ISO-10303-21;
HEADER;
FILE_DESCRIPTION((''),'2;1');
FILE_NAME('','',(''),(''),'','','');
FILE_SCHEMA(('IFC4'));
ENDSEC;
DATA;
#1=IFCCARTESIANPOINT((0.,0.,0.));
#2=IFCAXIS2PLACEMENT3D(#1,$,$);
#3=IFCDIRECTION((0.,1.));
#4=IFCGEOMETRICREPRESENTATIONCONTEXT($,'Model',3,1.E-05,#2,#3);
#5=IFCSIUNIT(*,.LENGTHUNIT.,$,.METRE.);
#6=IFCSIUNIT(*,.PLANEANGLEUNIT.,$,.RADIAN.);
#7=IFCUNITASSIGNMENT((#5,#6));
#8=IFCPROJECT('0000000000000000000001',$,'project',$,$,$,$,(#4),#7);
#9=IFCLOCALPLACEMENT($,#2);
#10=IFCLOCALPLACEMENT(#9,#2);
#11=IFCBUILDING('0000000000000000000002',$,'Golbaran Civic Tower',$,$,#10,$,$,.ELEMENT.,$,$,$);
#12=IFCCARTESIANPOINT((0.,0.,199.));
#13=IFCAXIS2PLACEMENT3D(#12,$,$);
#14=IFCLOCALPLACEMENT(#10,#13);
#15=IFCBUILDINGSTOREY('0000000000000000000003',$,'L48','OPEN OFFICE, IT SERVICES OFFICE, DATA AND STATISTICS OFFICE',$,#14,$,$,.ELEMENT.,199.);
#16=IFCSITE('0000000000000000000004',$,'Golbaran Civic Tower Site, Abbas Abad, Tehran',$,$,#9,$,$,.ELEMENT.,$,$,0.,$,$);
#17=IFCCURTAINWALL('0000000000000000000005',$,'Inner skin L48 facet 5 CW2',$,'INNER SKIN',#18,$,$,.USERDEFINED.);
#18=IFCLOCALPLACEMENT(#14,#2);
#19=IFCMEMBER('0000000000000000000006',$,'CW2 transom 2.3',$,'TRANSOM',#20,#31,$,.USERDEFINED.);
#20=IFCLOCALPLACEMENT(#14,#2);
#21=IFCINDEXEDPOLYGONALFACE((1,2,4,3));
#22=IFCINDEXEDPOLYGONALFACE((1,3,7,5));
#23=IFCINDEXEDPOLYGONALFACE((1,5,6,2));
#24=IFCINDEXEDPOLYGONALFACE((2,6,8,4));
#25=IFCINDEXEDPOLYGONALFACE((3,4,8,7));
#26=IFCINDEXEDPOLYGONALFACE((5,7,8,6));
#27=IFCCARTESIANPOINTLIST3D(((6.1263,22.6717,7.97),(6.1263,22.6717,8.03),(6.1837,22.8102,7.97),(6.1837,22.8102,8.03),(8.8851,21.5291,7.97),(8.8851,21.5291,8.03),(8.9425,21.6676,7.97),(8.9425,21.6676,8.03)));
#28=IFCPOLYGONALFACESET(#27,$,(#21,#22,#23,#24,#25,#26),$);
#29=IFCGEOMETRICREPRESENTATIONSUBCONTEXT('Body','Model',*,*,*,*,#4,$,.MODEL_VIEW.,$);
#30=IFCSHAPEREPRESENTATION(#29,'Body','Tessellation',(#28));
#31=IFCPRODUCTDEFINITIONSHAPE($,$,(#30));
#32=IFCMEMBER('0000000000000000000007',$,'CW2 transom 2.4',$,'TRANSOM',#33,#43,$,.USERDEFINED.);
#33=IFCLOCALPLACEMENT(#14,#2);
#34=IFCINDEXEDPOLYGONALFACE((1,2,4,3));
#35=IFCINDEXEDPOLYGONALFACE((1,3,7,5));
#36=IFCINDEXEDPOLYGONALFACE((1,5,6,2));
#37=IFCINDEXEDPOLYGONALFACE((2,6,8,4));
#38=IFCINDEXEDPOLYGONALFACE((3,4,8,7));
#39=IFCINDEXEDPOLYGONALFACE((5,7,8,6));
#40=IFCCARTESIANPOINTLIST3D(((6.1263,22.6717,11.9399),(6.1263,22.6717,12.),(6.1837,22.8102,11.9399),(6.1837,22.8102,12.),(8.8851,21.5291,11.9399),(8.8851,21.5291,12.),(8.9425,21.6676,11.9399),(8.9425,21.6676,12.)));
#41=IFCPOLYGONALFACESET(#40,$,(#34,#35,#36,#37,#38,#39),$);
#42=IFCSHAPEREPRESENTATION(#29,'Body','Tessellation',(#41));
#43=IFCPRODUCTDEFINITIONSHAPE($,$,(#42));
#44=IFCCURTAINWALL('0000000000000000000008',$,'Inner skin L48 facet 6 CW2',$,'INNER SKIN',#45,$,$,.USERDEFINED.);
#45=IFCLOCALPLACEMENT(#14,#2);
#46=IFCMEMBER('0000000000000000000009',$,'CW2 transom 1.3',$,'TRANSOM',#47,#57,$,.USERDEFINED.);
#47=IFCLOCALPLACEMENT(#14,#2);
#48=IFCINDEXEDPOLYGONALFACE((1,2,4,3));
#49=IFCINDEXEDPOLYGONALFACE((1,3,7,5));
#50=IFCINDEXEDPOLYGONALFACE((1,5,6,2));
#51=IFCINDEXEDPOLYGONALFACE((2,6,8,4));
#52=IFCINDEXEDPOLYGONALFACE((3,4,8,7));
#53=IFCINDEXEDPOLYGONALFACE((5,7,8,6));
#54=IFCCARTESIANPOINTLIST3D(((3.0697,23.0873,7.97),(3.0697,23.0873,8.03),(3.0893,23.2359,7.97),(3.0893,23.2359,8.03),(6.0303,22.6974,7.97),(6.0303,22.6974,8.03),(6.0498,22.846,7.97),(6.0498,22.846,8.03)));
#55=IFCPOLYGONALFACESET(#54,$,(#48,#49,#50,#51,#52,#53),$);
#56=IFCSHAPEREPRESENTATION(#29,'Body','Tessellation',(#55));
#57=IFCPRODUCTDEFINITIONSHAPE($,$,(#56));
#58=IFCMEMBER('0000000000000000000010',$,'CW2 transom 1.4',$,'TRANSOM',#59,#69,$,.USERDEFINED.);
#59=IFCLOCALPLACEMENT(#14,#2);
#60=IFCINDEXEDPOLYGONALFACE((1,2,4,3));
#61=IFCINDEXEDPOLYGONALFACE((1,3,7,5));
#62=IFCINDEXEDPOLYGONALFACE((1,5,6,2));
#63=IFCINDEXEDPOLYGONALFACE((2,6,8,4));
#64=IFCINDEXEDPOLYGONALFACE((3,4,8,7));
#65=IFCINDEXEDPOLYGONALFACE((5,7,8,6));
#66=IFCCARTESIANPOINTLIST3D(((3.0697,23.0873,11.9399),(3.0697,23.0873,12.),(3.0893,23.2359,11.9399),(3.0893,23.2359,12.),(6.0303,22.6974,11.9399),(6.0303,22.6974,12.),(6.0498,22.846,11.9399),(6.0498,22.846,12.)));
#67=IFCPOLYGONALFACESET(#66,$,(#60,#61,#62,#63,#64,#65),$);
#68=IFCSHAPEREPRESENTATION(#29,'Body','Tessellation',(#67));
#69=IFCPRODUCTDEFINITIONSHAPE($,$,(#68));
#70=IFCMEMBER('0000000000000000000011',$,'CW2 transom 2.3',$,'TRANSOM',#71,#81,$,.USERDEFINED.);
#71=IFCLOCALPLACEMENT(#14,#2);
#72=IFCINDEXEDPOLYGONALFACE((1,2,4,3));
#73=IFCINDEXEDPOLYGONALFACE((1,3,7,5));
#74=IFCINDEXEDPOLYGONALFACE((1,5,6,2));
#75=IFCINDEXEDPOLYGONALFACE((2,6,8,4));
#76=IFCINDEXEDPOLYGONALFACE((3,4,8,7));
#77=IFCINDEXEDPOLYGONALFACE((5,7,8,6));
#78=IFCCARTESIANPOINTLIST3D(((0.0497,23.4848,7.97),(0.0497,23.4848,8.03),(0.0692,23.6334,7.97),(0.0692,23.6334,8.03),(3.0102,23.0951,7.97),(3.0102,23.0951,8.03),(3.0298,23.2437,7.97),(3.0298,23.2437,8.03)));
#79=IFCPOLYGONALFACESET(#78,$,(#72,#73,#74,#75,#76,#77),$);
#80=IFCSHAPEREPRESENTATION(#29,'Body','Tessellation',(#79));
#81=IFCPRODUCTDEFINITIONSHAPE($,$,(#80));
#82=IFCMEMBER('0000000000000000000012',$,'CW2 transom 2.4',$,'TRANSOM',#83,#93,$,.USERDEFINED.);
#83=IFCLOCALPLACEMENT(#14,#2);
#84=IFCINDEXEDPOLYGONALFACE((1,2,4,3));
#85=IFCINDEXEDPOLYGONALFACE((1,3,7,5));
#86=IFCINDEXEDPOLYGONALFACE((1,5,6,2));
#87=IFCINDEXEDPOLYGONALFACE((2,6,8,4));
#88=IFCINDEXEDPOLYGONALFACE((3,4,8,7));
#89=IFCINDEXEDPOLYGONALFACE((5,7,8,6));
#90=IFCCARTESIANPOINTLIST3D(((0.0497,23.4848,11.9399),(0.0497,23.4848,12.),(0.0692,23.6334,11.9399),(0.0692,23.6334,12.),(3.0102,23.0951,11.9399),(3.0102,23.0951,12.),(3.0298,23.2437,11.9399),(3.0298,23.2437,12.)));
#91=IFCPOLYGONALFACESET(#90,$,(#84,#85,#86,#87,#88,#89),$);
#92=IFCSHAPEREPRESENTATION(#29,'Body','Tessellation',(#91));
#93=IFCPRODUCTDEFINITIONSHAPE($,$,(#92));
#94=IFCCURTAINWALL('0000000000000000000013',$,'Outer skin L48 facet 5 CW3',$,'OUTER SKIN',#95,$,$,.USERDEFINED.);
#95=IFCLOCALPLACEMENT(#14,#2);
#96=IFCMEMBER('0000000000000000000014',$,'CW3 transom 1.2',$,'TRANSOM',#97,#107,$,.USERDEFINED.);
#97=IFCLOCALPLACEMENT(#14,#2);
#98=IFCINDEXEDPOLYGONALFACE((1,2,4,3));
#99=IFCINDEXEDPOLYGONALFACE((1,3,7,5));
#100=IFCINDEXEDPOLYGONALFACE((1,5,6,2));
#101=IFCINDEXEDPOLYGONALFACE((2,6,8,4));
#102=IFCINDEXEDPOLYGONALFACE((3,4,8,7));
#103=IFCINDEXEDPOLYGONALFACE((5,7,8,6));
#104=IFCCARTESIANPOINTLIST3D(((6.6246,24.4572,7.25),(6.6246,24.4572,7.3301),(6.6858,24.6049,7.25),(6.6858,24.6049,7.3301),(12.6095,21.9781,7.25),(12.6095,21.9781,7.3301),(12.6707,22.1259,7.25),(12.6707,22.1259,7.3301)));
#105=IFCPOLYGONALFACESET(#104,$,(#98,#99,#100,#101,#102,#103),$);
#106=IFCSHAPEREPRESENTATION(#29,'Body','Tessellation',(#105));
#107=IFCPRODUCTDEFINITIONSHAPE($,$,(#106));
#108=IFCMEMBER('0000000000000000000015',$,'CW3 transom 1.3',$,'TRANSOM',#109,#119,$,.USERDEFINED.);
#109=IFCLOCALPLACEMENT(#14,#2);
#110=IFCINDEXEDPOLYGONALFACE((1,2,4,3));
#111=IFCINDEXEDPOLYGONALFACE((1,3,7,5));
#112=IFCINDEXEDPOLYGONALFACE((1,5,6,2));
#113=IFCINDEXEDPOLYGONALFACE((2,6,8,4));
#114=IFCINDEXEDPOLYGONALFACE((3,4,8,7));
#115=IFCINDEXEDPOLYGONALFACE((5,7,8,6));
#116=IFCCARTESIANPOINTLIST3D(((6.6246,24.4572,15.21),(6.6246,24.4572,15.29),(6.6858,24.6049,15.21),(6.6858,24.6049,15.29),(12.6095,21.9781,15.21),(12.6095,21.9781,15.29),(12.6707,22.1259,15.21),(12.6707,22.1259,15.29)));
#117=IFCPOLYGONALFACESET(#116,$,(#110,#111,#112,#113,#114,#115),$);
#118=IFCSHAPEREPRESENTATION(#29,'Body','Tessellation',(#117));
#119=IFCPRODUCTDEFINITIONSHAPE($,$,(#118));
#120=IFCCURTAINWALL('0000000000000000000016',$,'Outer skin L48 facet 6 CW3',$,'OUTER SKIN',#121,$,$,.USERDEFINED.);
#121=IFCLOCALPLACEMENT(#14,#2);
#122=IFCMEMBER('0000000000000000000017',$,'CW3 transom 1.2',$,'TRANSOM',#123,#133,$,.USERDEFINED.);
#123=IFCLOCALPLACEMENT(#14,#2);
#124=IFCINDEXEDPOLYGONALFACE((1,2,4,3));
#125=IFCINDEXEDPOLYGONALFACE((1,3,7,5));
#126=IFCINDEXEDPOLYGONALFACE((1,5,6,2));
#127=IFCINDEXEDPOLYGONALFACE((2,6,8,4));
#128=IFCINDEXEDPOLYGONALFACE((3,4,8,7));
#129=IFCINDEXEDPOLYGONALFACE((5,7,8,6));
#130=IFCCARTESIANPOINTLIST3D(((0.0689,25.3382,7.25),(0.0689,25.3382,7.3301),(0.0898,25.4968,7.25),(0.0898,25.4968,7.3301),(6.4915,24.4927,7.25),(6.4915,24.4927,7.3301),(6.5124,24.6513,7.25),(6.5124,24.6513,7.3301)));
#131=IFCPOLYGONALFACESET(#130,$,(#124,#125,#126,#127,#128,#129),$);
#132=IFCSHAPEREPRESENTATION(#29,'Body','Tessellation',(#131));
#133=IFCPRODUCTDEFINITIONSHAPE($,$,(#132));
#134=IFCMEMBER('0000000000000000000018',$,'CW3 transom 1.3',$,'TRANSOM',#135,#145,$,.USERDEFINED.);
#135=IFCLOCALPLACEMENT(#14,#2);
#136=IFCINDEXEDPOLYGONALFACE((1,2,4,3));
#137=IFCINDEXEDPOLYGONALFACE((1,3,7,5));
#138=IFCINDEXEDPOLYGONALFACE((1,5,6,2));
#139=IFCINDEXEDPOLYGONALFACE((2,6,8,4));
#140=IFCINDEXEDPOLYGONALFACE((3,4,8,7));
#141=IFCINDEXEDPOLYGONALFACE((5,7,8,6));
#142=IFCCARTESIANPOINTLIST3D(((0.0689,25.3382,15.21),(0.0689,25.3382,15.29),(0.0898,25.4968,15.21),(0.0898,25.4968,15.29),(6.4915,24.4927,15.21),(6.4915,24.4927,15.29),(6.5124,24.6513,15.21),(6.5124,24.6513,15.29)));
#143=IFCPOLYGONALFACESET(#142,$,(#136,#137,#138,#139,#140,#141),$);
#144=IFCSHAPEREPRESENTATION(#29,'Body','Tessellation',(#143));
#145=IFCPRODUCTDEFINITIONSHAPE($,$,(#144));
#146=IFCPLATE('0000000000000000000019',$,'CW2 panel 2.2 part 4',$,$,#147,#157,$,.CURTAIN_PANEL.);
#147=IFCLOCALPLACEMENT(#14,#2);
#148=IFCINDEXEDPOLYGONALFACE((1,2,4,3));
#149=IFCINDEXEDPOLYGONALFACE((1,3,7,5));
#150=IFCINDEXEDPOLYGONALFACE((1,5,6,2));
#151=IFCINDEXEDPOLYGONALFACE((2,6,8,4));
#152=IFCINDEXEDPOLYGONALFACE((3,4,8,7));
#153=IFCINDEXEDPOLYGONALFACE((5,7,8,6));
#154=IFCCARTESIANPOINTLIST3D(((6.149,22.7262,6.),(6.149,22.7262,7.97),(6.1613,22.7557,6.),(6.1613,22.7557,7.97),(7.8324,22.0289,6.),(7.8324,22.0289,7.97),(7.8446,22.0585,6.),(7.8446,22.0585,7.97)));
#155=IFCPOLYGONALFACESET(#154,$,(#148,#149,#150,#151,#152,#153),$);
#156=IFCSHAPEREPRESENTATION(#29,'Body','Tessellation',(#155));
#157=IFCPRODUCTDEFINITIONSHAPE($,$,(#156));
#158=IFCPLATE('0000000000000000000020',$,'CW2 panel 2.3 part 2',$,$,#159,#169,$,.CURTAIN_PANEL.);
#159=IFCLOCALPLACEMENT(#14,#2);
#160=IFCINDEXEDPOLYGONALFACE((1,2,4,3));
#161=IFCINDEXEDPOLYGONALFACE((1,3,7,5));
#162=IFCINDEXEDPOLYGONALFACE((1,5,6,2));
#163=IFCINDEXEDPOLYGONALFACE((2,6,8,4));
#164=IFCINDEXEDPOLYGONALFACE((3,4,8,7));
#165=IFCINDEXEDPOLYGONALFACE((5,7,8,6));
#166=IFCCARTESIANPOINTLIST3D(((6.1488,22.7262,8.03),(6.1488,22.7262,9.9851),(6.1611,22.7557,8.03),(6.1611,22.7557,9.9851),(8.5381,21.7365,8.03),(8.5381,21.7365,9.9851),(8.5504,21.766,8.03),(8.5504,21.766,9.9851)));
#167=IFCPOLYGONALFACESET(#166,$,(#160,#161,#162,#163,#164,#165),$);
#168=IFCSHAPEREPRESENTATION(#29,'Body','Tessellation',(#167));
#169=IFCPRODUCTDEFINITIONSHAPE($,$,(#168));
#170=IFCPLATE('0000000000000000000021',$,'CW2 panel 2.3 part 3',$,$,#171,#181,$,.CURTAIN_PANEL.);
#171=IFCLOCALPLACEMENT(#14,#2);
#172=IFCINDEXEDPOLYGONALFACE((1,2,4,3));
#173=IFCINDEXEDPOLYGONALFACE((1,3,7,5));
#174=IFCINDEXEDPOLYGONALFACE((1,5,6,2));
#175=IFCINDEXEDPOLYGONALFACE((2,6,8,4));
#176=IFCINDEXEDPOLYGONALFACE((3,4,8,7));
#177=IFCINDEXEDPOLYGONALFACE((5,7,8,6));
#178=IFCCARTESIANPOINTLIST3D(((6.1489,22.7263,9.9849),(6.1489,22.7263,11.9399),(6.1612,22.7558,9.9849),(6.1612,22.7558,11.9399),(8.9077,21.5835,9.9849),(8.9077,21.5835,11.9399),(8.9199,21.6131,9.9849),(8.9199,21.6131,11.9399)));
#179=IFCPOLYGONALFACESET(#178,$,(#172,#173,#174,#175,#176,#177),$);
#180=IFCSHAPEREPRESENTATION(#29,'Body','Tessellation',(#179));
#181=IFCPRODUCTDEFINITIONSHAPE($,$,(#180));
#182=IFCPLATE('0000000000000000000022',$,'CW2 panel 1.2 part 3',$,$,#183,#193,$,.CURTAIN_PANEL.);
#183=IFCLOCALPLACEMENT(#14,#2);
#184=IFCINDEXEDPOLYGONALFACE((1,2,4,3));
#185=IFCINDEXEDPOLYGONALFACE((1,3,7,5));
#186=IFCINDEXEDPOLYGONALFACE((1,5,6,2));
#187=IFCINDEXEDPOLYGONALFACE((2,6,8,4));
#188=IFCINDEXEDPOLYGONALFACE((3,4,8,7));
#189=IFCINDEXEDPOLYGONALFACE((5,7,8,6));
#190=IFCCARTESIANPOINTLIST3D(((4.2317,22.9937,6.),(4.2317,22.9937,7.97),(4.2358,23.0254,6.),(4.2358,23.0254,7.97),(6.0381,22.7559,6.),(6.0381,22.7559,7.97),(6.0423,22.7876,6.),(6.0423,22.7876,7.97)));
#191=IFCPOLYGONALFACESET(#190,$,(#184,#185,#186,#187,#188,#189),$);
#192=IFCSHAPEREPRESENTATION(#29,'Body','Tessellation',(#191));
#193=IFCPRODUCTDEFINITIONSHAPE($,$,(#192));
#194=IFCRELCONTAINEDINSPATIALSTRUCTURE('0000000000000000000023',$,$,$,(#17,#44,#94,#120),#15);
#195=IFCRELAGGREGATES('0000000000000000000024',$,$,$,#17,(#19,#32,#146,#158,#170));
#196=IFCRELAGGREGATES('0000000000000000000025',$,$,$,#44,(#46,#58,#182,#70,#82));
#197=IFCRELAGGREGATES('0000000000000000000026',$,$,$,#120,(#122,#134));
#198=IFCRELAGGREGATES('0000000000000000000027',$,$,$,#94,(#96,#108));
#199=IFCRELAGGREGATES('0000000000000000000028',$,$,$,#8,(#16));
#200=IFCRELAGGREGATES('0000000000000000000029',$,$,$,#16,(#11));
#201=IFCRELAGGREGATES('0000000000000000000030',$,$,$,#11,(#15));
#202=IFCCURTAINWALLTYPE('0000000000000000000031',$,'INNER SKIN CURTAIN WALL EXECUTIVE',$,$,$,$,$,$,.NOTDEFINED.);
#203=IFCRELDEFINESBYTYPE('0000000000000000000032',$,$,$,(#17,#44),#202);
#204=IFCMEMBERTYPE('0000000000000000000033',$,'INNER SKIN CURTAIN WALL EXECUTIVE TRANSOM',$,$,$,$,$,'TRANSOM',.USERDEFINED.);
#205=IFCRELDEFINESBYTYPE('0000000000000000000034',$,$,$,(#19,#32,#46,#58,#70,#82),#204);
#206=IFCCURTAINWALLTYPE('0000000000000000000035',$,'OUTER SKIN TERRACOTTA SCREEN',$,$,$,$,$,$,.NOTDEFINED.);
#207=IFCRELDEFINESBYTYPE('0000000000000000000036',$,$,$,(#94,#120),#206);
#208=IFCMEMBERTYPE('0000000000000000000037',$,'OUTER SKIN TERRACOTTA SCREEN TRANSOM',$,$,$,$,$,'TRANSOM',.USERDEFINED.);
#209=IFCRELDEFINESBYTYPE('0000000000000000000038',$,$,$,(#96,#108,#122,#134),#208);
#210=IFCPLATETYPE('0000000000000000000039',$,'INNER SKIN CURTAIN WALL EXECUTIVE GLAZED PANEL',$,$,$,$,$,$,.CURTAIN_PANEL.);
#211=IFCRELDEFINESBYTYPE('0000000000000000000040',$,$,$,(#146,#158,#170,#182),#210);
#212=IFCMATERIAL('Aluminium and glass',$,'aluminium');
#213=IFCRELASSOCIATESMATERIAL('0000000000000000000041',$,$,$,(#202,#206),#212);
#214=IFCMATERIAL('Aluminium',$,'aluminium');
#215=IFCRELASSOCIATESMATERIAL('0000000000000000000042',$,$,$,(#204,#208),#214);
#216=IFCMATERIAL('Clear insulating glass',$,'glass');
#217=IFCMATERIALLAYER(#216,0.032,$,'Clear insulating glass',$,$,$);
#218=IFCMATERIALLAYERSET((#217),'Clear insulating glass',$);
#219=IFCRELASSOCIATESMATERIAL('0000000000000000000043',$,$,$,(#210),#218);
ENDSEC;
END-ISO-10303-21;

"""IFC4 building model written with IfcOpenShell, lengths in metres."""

from ifc_helpers import new_model, si_unit, direction, frame, origin, origin_2d, place, context, subcontext, project, spatial, rectangle, extrude, material, layer, layer_set, material_profile, profile_set, type_object, element, aggregate, save


model = new_model("IFC4")

# Units and contexts
model_context = context("Model", 3, precision=1e-05, world=origin(), true_north=direction((0.0, 1.0)))
body_context = subcontext(model_context, "Body", "Model", "MODEL_VIEW")
ifc_project = project(units=[si_unit("LENGTHUNIT", "METRE"), si_unit("PLANEANGLEUNIT", "RADIAN")], contexts=[model_context])

# Site, building, storey
site_placement = place(None, origin())
site = spatial("IfcSite", under=ifc_project, at=site_placement, Name="Golbaran Civic Tower Site, Abbas Abad, Tehran", CompositionType="ELEMENT", RefElevation=0.0)
building_placement = place(site_placement, origin())
building = spatial("IfcBuilding", under=site, at=building_placement, Name="Golbaran Civic Tower", CompositionType="ELEMENT")
storey_placement = place(building_placement, frame((0.0, 0.0, 199.0)))
storey = spatial("IfcBuildingStorey", under=building, at=storey_placement, Name="L48", Description="OPEN OFFICE, IT SERVICES OFFICE, DATA AND STATISTICS OFFICE", CompositionType="ELEMENT", Elevation=199.0)

# Curtain walls, members
ifc_material_1 = material(Name="Aluminium and glass", Category="aluminium")
curtain_wall_type_1 = type_object("IfcCurtainWallType", Name="INNER SKIN CURTAIN WALL EXECUTIVE", PredefinedType="NOTDEFINED", material=ifc_material_1)
curtain_wall_1_placement = place(storey_placement, origin())
curtain_wall_1 = element("IfcCurtainWall", 1, at=curtain_wall_1_placement, inside=storey, type_object=curtain_wall_type_1, Name="Inner skin L48 facet 5 CW2", ObjectType="INNER SKIN", PredefinedType="USERDEFINED")
ifc_material_2 = material(Name="Aluminium", Category="aluminium")
ifc_material_profile_1 = material_profile(ifc_material_2, rectangle(XDim=0.1499, YDim=0.0601, at=origin_2d()), Name="INNER SKIN CURTAIN WALL EXECUTIVE TRANSOM")
ifc_profile_set_1 = profile_set([ifc_material_profile_1], Name="Aluminium")
member_type_1 = type_object("IfcMemberType", Name="INNER SKIN CURTAIN WALL EXECUTIVE TRANSOM", ElementType="TRANSOM", PredefinedType="USERDEFINED", material=ifc_profile_set_1)
member_1_placement = place(storey_placement, frame((8.9138, 21.5984, 8.0), z_axis=(-0.923897, 0.382641, 0.0), x_axis=(-0.382641, -0.923897, 0.0)))
member_1 = element("IfcMember", 2, at=member_1_placement, type_object=member_type_1, Name="CW2 transom 2.3", ObjectType="TRANSOM", PredefinedType="USERDEFINED", context=body_context, shape_type="SweptSolid", body=[
    extrude(rectangle(XDim=0.1499, YDim=0.0601, at=origin_2d()), origin(), (0.0, 0.0, 1.0), 2.9861),
])
member_2_placement = place(storey_placement, frame((8.9138, 21.5984, 11.97), z_axis=(-0.923897, 0.382641, 0.0), x_axis=(-0.382641, -0.923897, 0.0)))
member_2 = element("IfcMember", 3, at=member_2_placement, type_object=member_type_1, Name="CW2 transom 2.4", ObjectType="TRANSOM", PredefinedType="USERDEFINED", context=body_context, shape_type="SweptSolid", body=[
    extrude(rectangle(XDim=0.1499, YDim=0.0601, at=origin_2d()), origin(), (0.0, 0.0, 1.0), 2.9861),
])
curtain_wall_2_placement = place(storey_placement, origin())
curtain_wall_2 = element("IfcCurtainWall", 4, at=curtain_wall_2_placement, inside=storey, type_object=curtain_wall_type_1, Name="Inner skin L48 facet 6 CW2", ObjectType="INNER SKIN", PredefinedType="USERDEFINED")
member_3_placement = place(storey_placement, frame((6.04, 22.7717, 8.0), z_axis=(-0.991439, 0.130573, 0.0), x_axis=(-0.130573, -0.991439, 0.0)))
member_3 = element("IfcMember", 5, at=member_3_placement, type_object=member_type_1, Name="CW2 transom 1.3", ObjectType="TRANSOM", PredefinedType="USERDEFINED", context=body_context, shape_type="SweptSolid", body=[
    extrude(rectangle(XDim=0.1499, YDim=0.0601, at=origin_2d()), origin(), (0.0, 0.0, 1.0), 2.9861),
])
member_4_placement = place(storey_placement, frame((6.04, 22.7717, 11.97), z_axis=(-0.991439, 0.130573, 0.0), x_axis=(-0.130573, -0.991439, 0.0)))
member_4 = element("IfcMember", 6, at=member_4_placement, type_object=member_type_1, Name="CW2 transom 1.4", ObjectType="TRANSOM", PredefinedType="USERDEFINED", context=body_context, shape_type="SweptSolid", body=[
    extrude(rectangle(XDim=0.1499, YDim=0.0601, at=origin_2d()), origin(), (0.0, 0.0, 1.0), 2.9861),
])
member_5_placement = place(storey_placement, frame((3.02, 23.1694, 8.0), z_axis=(-0.991449, 0.130493, 0.0), x_axis=(-0.130493, -0.991449, 0.0)))
member_5 = element("IfcMember", 7, at=member_5_placement, type_object=member_type_1, Name="CW2 transom 2.3", ObjectType="TRANSOM", PredefinedType="USERDEFINED", context=body_context, shape_type="SweptSolid", body=[
    extrude(rectangle(XDim=0.1499, YDim=0.0601, at=origin_2d()), origin(), (0.0, 0.0, 1.0), 2.9861),
])
member_6_placement = place(storey_placement, frame((3.02, 23.1694, 11.97), z_axis=(-0.991449, 0.130493, 0.0), x_axis=(-0.130493, -0.991449, 0.0)))
member_6 = element("IfcMember", 8, at=member_6_placement, type_object=member_type_1, Name="CW2 transom 2.4", ObjectType="TRANSOM", PredefinedType="USERDEFINED", context=body_context, shape_type="SweptSolid", body=[
    extrude(rectangle(XDim=0.1499, YDim=0.0601, at=origin_2d()), origin(), (0.0, 0.0, 1.0), 2.9861),
])
curtain_wall_type_2 = type_object("IfcCurtainWallType", Name="OUTER SKIN TERRACOTTA SCREEN", PredefinedType="NOTDEFINED", material=ifc_material_1)
curtain_wall_3_placement = place(storey_placement, origin())
curtain_wall_3 = element("IfcCurtainWall", 9, at=curtain_wall_3_placement, inside=storey, type_object=curtain_wall_type_2, Name="Outer skin L48 facet 5 CW3", ObjectType="OUTER SKIN", PredefinedType="USERDEFINED")
ifc_material_profile_2 = material_profile(ifc_material_2, rectangle(XDim=0.1599, YDim=0.0801, at=origin_2d()), Name="OUTER SKIN TERRACOTTA SCREEN TRANSOM")
ifc_profile_set_2 = profile_set([ifc_material_profile_2], Name="Aluminium")
member_type_2 = type_object("IfcMemberType", Name="OUTER SKIN TERRACOTTA SCREEN TRANSOM", ElementType="TRANSOM", PredefinedType="USERDEFINED", material=ifc_profile_set_2)
member_7_placement = place(storey_placement, frame((12.6401, 22.052, 7.29), z_axis=(-0.92388, 0.382682, 0.0), x_axis=(-0.382682, -0.92388, 0.0)))
member_7 = element("IfcMember", 10, at=member_7_placement, type_object=member_type_2, Name="CW3 transom 1.2", ObjectType="TRANSOM", PredefinedType="USERDEFINED", context=body_context, shape_type="SweptSolid", body=[
    extrude(rectangle(XDim=0.1599, YDim=0.0801, at=origin_2d()), origin(), (0.0, 0.0, 1.0), 6.478),
])
member_8_placement = place(storey_placement, frame((12.6401, 22.052, 15.25), z_axis=(-0.92388, 0.382682, 0.0), x_axis=(-0.382682, -0.92388, 0.0)))
member_8 = element("IfcMember", 11, at=member_8_placement, type_object=member_type_2, Name="CW3 transom 1.3", ObjectType="TRANSOM", PredefinedType="USERDEFINED", context=body_context, shape_type="SweptSolid", body=[
    extrude(rectangle(XDim=0.1599, YDim=0.0801, at=origin_2d()), origin(), (0.0, 0.0, 1.0), 6.478),
])
curtain_wall_4_placement = place(storey_placement, origin())
curtain_wall_4 = element("IfcCurtainWall", 12, at=curtain_wall_4_placement, inside=storey, type_object=curtain_wall_type_2, Name="Outer skin L48 facet 6 CW3", ObjectType="OUTER SKIN", PredefinedType="USERDEFINED")
member_9_placement = place(storey_placement, frame((6.502, 24.572, 7.29), z_axis=(-0.991447, 0.130512, 0.0), x_axis=(-0.130512, -0.991447, 0.0)))
member_9 = element("IfcMember", 13, at=member_9_placement, type_object=member_type_2, Name="CW3 transom 1.2", ObjectType="TRANSOM", PredefinedType="USERDEFINED", context=body_context, shape_type="SweptSolid", body=[
    extrude(rectangle(XDim=0.1599, YDim=0.0801, at=origin_2d()), origin(), (0.0, 0.0, 1.0), 6.478),
])
member_10_placement = place(storey_placement, frame((6.502, 24.572, 15.25), z_axis=(-0.991447, 0.130512, 0.0), x_axis=(-0.130512, -0.991447, 0.0)))
member_10 = element("IfcMember", 14, at=member_10_placement, type_object=member_type_2, Name="CW3 transom 1.3", ObjectType="TRANSOM", PredefinedType="USERDEFINED", context=body_context, shape_type="SweptSolid", body=[
    extrude(rectangle(XDim=0.1599, YDim=0.0801, at=origin_2d()), origin(), (0.0, 0.0, 1.0), 6.478),
])

# Plates
ifc_material_3 = material(Name="Clear insulating glass", Category="glass")
ifc_layer_1 = layer(ifc_material_3, 0.032, Name="Clear insulating glass")
ifc_layer_set_1 = layer_set([ifc_layer_1], Name="Clear insulating glass")
plate_type_1 = type_object("IfcPlateType", Name="INNER SKIN CURTAIN WALL EXECUTIVE GLAZED PANEL", PredefinedType="CURTAIN_PANEL", material=ifc_layer_set_1)
plate_1_placement = place(storey_placement, frame((6.9968, 22.3923, 6.0), z_axis=(0.0, 0.0, 1.0), x_axis=(-0.92388, 0.382683, 0.0)))
plate_1 = element("IfcPlate", 15, at=plate_1_placement, type_object=plate_type_1, Name="CW2 panel 2.2 part 4", PredefinedType="CURTAIN_PANEL", context=body_context, shape_type="SweptSolid", body=[
    extrude(rectangle(XDim=1.822, YDim=0.032, at=origin_2d()), origin(), (0.0, 0.0, 1.0), 1.97),
])
plate_2_placement = place(storey_placement, frame((7.3496, 22.2461, 8.03), z_axis=(0.0, 0.0, 1.0), x_axis=(-0.92388, 0.382683, 0.0)))
plate_2 = element("IfcPlate", 16, at=plate_2_placement, type_object=plate_type_1, Name="CW2 panel 2.3 part 2", PredefinedType="CURTAIN_PANEL", context=body_context, shape_type="SweptSolid", body=[
    extrude(rectangle(XDim=2.5862, YDim=0.032, at=origin_2d()), origin(), (0.0, 0.0, 1.0), 1.9551),
])
plate_3_placement = place(storey_placement, frame((7.5344, 22.1697, 9.9849), z_axis=(0.0, 0.0, 1.0), x_axis=(-0.92388, 0.382683, 0.0)))
plate_3 = element("IfcPlate", 17, at=plate_3_placement, type_object=plate_type_1, Name="CW2 panel 2.3 part 3", PredefinedType="CURTAIN_PANEL", context=body_context, shape_type="SweptSolid", body=[
    extrude(rectangle(XDim=2.9861, YDim=0.032, at=origin_2d()), origin(), (0.0, 0.0, 1.0), 1.9551),
])
plate_4_placement = place(storey_placement, frame((5.137, 22.8906, 6.0), z_axis=(0.0, 0.0, 1.0), x_axis=(-0.991445, 0.130526, 0.0)))
plate_4 = element("IfcPlate", 18, at=plate_4_placement, type_object=plate_type_1, Name="CW2 panel 1.2 part 3", PredefinedType="CURTAIN_PANEL", context=body_context, shape_type="SweptSolid", body=[
    extrude(rectangle(XDim=1.822, YDim=0.032, at=origin_2d()), origin(), (0.0, 0.0, 1.0), 1.97),
])
aggregate(curtain_wall_1, [member_1, member_2, plate_1, plate_2, plate_3])
aggregate(curtain_wall_2, [member_3, member_4, plate_4, member_5, member_6])

aggregate(curtain_wall_4, [member_9, member_10])
aggregate(curtain_wall_3, [member_7, member_8])

save(model, "model.ifc")
